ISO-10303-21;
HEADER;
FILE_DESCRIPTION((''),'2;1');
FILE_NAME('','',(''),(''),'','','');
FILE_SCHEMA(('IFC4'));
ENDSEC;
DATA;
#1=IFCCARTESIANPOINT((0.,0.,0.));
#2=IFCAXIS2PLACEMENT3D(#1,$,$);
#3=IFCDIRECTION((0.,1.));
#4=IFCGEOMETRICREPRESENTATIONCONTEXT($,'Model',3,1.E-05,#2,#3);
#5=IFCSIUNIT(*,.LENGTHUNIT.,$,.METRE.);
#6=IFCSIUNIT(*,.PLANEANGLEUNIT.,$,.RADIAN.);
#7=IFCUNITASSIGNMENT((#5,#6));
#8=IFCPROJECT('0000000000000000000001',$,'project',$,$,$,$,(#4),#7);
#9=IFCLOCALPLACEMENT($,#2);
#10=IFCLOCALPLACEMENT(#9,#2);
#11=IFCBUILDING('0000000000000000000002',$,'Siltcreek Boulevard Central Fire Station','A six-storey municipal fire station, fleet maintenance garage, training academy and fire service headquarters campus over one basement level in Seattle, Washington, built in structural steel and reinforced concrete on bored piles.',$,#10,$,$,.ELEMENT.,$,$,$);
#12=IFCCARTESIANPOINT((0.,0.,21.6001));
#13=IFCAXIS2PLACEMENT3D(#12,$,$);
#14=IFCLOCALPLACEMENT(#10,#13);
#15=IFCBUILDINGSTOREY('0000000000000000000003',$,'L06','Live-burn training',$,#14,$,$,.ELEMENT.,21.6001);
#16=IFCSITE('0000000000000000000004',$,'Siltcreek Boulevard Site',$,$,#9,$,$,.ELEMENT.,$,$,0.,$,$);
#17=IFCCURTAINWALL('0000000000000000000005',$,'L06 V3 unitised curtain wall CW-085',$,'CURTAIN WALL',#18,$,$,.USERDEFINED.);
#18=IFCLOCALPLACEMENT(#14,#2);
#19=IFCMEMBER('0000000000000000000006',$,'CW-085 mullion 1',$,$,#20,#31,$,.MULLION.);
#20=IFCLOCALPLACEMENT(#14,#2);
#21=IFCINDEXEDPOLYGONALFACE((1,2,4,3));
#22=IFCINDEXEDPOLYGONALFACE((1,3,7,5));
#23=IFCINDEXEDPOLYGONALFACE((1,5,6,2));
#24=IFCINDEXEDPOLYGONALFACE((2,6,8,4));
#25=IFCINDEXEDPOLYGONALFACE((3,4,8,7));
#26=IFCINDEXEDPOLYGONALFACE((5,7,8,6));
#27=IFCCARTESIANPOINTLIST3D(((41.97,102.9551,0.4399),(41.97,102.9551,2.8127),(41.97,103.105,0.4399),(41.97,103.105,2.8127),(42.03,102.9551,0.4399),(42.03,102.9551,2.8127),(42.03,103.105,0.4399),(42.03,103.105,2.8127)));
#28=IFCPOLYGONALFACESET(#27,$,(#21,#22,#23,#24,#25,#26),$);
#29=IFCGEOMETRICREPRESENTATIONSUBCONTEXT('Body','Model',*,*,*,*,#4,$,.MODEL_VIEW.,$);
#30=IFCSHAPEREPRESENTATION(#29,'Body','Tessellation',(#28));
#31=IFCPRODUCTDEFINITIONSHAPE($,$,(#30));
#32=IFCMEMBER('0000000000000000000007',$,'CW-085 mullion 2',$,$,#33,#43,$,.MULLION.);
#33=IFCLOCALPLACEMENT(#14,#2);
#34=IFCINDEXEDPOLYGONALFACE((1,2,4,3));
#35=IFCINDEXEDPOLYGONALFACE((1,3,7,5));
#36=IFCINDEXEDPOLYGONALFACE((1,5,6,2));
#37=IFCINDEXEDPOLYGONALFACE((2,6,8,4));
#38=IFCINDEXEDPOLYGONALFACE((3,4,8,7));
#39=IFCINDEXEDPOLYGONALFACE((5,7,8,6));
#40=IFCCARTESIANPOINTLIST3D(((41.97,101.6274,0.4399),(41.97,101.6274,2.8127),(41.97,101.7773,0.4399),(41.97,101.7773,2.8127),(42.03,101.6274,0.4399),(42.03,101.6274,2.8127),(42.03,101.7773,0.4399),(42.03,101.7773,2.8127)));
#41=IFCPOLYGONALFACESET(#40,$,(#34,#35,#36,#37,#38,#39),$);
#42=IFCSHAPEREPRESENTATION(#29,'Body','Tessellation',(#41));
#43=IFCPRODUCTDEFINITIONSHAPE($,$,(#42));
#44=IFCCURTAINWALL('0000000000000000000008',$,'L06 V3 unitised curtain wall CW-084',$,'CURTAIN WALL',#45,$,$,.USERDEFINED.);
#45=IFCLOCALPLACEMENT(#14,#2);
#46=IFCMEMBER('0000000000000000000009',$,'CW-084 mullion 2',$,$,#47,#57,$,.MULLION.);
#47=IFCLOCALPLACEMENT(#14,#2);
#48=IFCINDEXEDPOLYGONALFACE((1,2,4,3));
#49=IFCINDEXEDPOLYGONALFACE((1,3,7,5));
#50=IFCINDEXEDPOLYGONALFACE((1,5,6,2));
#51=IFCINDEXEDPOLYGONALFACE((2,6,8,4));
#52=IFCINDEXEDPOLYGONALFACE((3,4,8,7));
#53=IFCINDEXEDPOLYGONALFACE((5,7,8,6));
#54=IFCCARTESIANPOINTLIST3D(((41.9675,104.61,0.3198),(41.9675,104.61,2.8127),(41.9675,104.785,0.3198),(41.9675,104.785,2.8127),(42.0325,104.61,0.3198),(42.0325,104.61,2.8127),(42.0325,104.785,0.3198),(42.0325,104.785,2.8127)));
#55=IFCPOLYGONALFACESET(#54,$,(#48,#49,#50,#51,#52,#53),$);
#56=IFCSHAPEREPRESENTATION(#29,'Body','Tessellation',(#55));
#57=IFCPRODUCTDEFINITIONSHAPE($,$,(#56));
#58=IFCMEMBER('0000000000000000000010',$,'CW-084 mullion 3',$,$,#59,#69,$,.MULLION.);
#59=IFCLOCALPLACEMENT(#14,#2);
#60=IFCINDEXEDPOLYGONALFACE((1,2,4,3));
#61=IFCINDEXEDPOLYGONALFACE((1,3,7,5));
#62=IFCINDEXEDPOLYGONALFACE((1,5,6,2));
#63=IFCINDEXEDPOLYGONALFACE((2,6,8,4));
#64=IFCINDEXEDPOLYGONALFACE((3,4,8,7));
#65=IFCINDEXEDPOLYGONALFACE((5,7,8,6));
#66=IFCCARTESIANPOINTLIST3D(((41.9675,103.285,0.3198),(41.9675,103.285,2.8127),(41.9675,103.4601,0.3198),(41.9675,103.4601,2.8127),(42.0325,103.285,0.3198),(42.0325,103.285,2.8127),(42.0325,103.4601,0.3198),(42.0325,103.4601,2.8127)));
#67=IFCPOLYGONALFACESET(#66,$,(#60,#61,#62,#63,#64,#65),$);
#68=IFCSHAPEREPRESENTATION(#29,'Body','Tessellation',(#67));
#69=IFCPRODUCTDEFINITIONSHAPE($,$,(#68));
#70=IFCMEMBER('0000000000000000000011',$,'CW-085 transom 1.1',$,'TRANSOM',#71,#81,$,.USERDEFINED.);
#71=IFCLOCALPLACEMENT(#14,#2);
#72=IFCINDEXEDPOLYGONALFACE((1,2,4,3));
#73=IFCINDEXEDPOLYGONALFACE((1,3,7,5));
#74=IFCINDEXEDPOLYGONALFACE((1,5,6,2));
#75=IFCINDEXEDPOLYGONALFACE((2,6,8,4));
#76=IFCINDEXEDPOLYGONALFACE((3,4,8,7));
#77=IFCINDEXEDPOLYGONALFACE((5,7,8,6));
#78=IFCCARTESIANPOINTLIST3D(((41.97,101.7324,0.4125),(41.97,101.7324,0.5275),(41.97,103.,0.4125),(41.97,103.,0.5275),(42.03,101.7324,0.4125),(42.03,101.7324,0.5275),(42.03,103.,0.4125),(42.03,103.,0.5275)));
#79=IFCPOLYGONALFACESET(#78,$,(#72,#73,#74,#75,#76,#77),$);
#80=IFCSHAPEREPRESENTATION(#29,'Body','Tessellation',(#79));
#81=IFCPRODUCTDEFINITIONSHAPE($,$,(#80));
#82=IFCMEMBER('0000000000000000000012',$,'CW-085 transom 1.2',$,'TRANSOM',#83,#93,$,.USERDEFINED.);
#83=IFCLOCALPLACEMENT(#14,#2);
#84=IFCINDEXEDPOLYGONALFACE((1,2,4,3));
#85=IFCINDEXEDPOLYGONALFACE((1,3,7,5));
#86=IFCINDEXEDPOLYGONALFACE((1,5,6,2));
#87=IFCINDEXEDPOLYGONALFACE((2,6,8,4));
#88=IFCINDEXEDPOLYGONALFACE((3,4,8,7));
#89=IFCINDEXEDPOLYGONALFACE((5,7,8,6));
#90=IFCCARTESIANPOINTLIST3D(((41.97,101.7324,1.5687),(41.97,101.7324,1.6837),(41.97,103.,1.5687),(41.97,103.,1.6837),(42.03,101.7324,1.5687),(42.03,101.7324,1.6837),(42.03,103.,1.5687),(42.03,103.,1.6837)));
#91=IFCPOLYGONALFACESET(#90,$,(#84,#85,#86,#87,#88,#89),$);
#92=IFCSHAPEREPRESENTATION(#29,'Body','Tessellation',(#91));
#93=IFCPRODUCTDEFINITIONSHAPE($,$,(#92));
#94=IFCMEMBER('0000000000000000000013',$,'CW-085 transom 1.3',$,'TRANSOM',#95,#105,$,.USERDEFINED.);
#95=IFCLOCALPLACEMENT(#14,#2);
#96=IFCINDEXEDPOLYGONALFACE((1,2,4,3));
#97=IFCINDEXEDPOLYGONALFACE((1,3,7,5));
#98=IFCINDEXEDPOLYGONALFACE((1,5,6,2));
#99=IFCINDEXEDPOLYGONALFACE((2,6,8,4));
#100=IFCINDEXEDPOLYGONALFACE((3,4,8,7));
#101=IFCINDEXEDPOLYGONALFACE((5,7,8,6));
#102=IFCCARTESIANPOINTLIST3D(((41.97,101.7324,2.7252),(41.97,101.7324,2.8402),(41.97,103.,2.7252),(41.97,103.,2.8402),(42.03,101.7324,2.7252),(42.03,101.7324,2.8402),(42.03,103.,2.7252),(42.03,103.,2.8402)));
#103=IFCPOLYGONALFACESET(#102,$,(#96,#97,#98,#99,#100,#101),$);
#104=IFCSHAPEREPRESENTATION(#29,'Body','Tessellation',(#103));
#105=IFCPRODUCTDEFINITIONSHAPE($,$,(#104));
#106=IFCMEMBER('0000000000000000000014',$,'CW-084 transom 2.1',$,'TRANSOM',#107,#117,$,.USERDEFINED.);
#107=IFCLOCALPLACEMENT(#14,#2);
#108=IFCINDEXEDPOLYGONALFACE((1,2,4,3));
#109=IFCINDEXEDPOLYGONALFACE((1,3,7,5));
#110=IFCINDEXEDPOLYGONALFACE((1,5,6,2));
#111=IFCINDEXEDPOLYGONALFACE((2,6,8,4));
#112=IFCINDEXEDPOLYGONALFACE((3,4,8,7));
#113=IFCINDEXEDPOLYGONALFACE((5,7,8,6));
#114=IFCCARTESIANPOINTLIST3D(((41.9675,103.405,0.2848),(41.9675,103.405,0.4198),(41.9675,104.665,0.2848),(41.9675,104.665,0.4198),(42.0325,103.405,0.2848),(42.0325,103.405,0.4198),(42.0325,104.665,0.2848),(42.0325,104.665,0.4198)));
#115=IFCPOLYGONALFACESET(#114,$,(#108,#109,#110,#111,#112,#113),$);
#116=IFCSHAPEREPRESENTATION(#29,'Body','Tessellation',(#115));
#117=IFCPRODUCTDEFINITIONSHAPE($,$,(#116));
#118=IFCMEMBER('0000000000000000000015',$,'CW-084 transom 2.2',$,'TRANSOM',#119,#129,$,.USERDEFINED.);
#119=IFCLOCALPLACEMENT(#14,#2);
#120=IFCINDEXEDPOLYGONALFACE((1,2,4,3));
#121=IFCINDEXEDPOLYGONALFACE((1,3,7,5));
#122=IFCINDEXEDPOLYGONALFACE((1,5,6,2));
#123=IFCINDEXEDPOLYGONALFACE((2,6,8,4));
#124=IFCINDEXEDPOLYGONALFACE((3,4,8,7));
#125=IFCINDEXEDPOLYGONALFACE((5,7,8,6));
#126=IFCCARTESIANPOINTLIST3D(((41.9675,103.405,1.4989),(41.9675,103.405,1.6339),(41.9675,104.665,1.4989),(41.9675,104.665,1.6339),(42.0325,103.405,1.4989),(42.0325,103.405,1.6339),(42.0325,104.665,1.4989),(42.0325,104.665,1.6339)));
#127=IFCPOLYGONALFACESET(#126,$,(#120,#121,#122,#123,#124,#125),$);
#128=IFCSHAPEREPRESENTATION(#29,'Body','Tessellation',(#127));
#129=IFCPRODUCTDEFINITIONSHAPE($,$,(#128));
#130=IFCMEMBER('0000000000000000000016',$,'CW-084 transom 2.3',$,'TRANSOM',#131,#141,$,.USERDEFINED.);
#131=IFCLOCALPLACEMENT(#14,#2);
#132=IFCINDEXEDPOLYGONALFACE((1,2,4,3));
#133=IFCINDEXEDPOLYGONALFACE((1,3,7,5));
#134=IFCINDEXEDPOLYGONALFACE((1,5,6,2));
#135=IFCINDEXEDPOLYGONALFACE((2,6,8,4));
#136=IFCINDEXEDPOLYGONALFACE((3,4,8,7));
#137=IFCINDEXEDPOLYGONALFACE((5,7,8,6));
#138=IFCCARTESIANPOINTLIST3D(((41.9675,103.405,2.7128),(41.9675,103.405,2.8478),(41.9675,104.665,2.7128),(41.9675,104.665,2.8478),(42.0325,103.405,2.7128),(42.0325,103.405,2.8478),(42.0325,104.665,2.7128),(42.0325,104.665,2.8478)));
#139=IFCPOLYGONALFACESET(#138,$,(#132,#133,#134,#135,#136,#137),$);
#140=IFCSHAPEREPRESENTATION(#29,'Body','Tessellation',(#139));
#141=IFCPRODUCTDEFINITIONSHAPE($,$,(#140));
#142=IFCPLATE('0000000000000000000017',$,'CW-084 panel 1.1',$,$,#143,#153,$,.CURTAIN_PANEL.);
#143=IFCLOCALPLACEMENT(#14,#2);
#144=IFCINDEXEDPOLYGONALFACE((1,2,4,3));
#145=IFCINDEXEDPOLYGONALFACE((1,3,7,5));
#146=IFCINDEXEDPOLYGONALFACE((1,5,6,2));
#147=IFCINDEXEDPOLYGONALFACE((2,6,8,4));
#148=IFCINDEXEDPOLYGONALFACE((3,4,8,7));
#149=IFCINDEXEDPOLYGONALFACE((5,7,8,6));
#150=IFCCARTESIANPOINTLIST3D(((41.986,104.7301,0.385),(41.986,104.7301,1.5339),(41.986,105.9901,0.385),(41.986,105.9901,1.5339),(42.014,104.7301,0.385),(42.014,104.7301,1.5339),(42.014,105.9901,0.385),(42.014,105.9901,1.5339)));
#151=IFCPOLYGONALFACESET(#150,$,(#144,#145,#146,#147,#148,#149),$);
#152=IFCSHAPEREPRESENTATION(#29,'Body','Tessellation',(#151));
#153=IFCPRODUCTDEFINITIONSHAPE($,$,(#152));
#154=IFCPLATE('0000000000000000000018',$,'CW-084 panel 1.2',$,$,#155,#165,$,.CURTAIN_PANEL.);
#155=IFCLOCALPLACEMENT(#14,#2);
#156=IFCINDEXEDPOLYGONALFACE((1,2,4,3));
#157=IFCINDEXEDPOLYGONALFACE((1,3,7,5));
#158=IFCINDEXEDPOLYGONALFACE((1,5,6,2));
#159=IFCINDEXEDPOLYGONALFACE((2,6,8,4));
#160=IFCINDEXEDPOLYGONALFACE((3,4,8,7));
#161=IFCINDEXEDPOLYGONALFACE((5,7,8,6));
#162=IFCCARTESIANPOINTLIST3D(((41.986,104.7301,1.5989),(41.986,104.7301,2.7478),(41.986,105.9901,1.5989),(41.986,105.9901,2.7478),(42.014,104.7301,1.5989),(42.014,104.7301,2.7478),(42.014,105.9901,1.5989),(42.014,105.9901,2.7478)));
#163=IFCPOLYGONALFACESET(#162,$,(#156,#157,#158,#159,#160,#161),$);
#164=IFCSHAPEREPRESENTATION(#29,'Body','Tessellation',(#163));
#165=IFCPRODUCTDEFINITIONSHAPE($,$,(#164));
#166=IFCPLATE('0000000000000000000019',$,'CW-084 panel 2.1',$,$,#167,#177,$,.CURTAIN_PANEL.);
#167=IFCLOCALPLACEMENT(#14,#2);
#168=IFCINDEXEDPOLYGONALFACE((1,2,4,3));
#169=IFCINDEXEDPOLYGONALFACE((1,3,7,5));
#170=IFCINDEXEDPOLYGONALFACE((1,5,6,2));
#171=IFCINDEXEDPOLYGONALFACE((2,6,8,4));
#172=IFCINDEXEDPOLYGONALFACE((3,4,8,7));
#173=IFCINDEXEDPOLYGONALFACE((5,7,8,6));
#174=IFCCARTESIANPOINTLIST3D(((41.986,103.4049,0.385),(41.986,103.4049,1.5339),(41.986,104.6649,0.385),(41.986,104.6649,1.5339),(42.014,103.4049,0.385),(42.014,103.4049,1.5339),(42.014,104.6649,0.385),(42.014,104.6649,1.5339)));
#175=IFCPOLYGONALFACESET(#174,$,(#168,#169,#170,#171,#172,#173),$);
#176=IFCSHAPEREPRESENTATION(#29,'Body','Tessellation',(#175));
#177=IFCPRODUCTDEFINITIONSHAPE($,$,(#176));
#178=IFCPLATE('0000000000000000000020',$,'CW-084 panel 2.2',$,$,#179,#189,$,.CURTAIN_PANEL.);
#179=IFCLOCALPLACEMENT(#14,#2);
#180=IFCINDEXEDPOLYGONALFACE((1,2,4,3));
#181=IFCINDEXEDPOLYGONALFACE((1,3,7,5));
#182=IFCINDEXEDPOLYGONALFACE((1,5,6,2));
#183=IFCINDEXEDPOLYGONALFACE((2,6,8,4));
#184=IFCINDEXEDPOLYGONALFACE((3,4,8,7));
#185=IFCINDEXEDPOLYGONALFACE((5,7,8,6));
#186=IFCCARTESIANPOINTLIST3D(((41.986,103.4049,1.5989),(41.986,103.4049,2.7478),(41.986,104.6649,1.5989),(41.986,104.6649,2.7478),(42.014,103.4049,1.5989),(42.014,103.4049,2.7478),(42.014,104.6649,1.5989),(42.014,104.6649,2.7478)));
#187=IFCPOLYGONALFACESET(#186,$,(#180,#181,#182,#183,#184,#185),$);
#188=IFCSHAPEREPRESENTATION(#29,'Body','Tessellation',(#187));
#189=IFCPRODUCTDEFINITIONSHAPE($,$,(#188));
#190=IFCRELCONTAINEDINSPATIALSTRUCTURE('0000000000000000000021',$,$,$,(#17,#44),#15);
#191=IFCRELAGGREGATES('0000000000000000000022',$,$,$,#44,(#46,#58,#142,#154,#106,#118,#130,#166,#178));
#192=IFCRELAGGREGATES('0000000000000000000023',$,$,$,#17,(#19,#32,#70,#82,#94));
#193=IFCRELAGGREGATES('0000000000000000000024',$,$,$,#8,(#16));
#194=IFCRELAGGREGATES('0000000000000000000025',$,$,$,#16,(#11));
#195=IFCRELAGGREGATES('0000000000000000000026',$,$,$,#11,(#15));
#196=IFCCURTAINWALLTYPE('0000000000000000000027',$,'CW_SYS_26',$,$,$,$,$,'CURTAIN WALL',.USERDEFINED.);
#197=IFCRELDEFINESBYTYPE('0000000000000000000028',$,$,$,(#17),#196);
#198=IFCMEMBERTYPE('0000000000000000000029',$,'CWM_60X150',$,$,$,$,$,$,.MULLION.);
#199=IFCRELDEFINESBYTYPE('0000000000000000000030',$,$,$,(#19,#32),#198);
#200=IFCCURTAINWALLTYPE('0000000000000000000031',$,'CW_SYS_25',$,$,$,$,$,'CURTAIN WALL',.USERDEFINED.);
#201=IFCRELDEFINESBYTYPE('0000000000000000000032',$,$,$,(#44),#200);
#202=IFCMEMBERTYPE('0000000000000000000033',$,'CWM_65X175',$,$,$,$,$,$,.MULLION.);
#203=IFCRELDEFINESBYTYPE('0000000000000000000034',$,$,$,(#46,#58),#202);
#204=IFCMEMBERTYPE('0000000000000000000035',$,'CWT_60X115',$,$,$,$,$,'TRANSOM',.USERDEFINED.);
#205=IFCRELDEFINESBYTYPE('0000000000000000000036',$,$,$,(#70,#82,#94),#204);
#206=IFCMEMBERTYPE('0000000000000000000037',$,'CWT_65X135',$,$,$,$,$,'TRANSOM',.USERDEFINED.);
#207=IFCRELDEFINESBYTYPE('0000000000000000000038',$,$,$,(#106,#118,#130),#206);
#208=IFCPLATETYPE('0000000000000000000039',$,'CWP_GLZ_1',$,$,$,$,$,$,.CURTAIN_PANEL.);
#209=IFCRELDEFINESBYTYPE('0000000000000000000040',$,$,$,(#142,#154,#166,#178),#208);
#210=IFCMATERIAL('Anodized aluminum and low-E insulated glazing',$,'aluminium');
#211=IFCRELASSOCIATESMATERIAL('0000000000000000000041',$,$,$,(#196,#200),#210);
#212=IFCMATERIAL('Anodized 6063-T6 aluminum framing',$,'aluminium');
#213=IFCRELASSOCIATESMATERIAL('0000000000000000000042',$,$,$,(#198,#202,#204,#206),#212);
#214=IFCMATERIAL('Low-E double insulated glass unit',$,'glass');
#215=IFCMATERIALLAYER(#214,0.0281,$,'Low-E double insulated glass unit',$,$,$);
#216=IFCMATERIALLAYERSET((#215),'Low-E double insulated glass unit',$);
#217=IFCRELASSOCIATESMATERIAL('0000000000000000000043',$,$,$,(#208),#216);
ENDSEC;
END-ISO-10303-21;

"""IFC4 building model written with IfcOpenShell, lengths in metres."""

from ifc_helpers import new_model, si_unit, direction, frame, origin, origin_2d, place, context, subcontext, project, spatial, rectangle, extrude, material, layer, layer_set, material_profile, profile_set, type_object, element, aggregate, save


model = new_model("IFC4")

# Units and contexts
model_context = context("Model", 3, precision=1e-05, world=origin(), true_north=direction((0.0, 1.0)))
body_context = subcontext(model_context, "Body", "Model", "MODEL_VIEW")
ifc_project = project(units=[si_unit("LENGTHUNIT", "METRE"), si_unit("PLANEANGLEUNIT", "RADIAN")], contexts=[model_context])

# Site, building, storey
site_placement = place(None, origin())
site = spatial("IfcSite", under=ifc_project, at=site_placement, Name="Siltcreek Boulevard Site", CompositionType="ELEMENT", RefElevation=0.0)
building_placement = place(site_placement, origin())
building = spatial("IfcBuilding", under=site, at=building_placement, Name="Siltcreek Boulevard Central Fire Station", Description="A six-storey municipal fire station, fleet maintenance garage, training academy and fire service headquarters campus over one basement level in Seattle, Washington, built in structural steel and reinforced concrete on bored piles.", CompositionType="ELEMENT")
storey_placement = place(building_placement, frame((0.0, 0.0, 21.6001)))
storey = spatial("IfcBuildingStorey", under=building, at=storey_placement, Name="L06", Description="Live-burn training", CompositionType="ELEMENT", Elevation=21.6001)

# Curtain walls, members
ifc_material_1 = material(Name="Anodized aluminum and low-E insulated glazing", Category="aluminium")
curtain_wall_type_1 = type_object("IfcCurtainWallType", Name="CW_SYS_26", ElementType="CURTAIN WALL", PredefinedType="USERDEFINED", material=ifc_material_1)
curtain_wall_1_placement = place(storey_placement, origin())
curtain_wall_1 = element("IfcCurtainWall", 1, at=curtain_wall_1_placement, inside=storey, type_object=curtain_wall_type_1, Name="L06 V3 unitised curtain wall CW-085", ObjectType="CURTAIN WALL", PredefinedType="USERDEFINED")
ifc_material_2 = material(Name="Anodized 6063-T6 aluminum framing", Category="aluminium")
ifc_material_profile_1 = material_profile(ifc_material_2, rectangle(XDim=0.0601, YDim=0.1499, at=origin_2d()), Name="MULL60X150")
ifc_profile_set_1 = profile_set([ifc_material_profile_1], Name="Anodized 6063-T6 aluminum framing")
member_type_1 = type_object("IfcMemberType", Name="CWM_60X150", PredefinedType="MULLION", material=ifc_profile_set_1)
member_1_placement = place(storey_placement, frame((42.0, 103.03, 0.4399), z_axis=(0.0, 0.0, 1.0), x_axis=(1.0, 0.0, 0.0)))
member_1 = element("IfcMember", 2, at=member_1_placement, type_object=member_type_1, Name="CW-085 mullion 1", PredefinedType="MULLION", context=body_context, shape_type="SweptSolid", body=[
    extrude(rectangle(XDim=0.0601, YDim=0.1499, at=origin_2d()), origin(), (0.0, 0.0, 1.0), 2.3728),
])
member_2_placement = place(storey_placement, frame((42.0, 101.7024, 0.4399), z_axis=(0.0, 0.0, 1.0), x_axis=(1.0, 0.0, 0.0)))
member_2 = element("IfcMember", 3, at=member_2_placement, type_object=member_type_1, Name="CW-085 mullion 2", PredefinedType="MULLION", context=body_context, shape_type="SweptSolid", body=[
    extrude(rectangle(XDim=0.0601, YDim=0.1499, at=origin_2d()), origin(), (0.0, 0.0, 1.0), 2.3728),
])
curtain_wall_type_2 = type_object("IfcCurtainWallType", Name="CW_SYS_25", ElementType="CURTAIN WALL", PredefinedType="USERDEFINED", material=ifc_material_1)
curtain_wall_2_placement = place(storey_placement, origin())
curtain_wall_2 = element("IfcCurtainWall", 4, at=curtain_wall_2_placement, inside=storey, type_object=curtain_wall_type_2, Name="L06 V3 unitised curtain wall CW-084", ObjectType="CURTAIN WALL", PredefinedType="USERDEFINED")
ifc_material_profile_2 = material_profile(ifc_material_2, rectangle(XDim=0.0649, YDim=0.175, at=origin_2d()), Name="MULL65X175")
ifc_profile_set_2 = profile_set([ifc_material_profile_2], Name="Anodized 6063-T6 aluminum framing")
member_type_2 = type_object("IfcMemberType", Name="CWM_65X175", PredefinedType="MULLION", material=ifc_profile_set_2)
member_3_placement = place(storey_placement, frame((42.0, 104.6975, 0.3198), z_axis=(0.0, 0.0, 1.0), x_axis=(1.0, 0.0, 0.0)))
member_3 = element("IfcMember", 5, at=member_3_placement, type_object=member_type_2, Name="CW-084 mullion 2", PredefinedType="MULLION", context=body_context, shape_type="SweptSolid", body=[
    extrude(rectangle(XDim=0.0649, YDim=0.175, at=origin_2d()), origin(), (0.0, 0.0, 1.0), 2.4929),
])
member_4_placement = place(storey_placement, frame((42.0, 103.3726, 0.3198), z_axis=(0.0, 0.0, 1.0), x_axis=(1.0, 0.0, 0.0)))
member_4 = element("IfcMember", 6, at=member_4_placement, type_object=member_type_2, Name="CW-084 mullion 3", PredefinedType="MULLION", context=body_context, shape_type="SweptSolid", body=[
    extrude(rectangle(XDim=0.0649, YDim=0.175, at=origin_2d()), origin(), (0.0, 0.0, 1.0), 2.4929),
])

# Members
ifc_material_profile_3 = material_profile(ifc_material_2, rectangle(XDim=0.0601, YDim=0.115, at=origin_2d()), Name="TRAN60X115")
ifc_profile_set_3 = profile_set([ifc_material_profile_3], Name="Anodized 6063-T6 aluminum framing")
member_type_3 = type_object("IfcMemberType", Name="CWT_60X115", ElementType="TRANSOM", PredefinedType="USERDEFINED", material=ifc_profile_set_3)
member_5_placement = place(storey_placement, frame((42.0, 103.0, 0.47), z_axis=(0.0, -1.0, 0.0), x_axis=(1.0, 0.0, 0.0)))
member_5 = element("IfcMember", 7, at=member_5_placement, type_object=member_type_3, Name="CW-085 transom 1.1", ObjectType="TRANSOM", PredefinedType="USERDEFINED", context=body_context, shape_type="SweptSolid", body=[
    extrude(rectangle(XDim=0.0601, YDim=0.115, at=origin_2d()), origin(), (0.0, 0.0, 1.0), 1.2676),
])
member_6_placement = place(storey_placement, frame((42.0, 103.0, 1.6262), z_axis=(0.0, -1.0, 0.0), x_axis=(1.0, 0.0, 0.0)))
member_6 = element("IfcMember", 8, at=member_6_placement, type_object=member_type_3, Name="CW-085 transom 1.2", ObjectType="TRANSOM", PredefinedType="USERDEFINED", context=body_context, shape_type="SweptSolid", body=[
    extrude(rectangle(XDim=0.0601, YDim=0.115, at=origin_2d()), origin(), (0.0, 0.0, 1.0), 1.2676),
])
member_7_placement = place(storey_placement, frame((42.0, 103.0, 2.7827), z_axis=(0.0, -1.0, 0.0), x_axis=(1.0, 0.0, 0.0)))
member_7 = element("IfcMember", 9, at=member_7_placement, type_object=member_type_3, Name="CW-085 transom 1.3", ObjectType="TRANSOM", PredefinedType="USERDEFINED", context=body_context, shape_type="SweptSolid", body=[
    extrude(rectangle(XDim=0.0601, YDim=0.115, at=origin_2d()), origin(), (0.0, 0.0, 1.0), 1.2676),
])
ifc_material_profile_4 = material_profile(ifc_material_2, rectangle(XDim=0.0649, YDim=0.135, at=origin_2d()), Name="TRAN65X135")
ifc_profile_set_4 = profile_set([ifc_material_profile_4], Name="Anodized 6063-T6 aluminum framing")
member_type_4 = type_object("IfcMemberType", Name="CWT_65X135", ElementType="TRANSOM", PredefinedType="USERDEFINED", material=ifc_profile_set_4)
member_8_placement = place(storey_placement, frame((42.0, 104.665, 0.3523), z_axis=(0.0, -1.0, 0.0), x_axis=(1.0, 0.0, 0.0)))
member_8 = element("IfcMember", 10, at=member_8_placement, type_object=member_type_4, Name="CW-084 transom 2.1", ObjectType="TRANSOM", PredefinedType="USERDEFINED", context=body_context, shape_type="SweptSolid", body=[
    extrude(rectangle(XDim=0.0649, YDim=0.135, at=origin_2d()), origin(), (0.0, 0.0, 1.0), 1.26),
])
member_9_placement = place(storey_placement, frame((42.0, 104.665, 1.5664), z_axis=(0.0, -1.0, 0.0), x_axis=(1.0, 0.0, 0.0)))
member_9 = element("IfcMember", 11, at=member_9_placement, type_object=member_type_4, Name="CW-084 transom 2.2", ObjectType="TRANSOM", PredefinedType="USERDEFINED", context=body_context, shape_type="SweptSolid", body=[
    extrude(rectangle(XDim=0.0649, YDim=0.135, at=origin_2d()), origin(), (0.0, 0.0, 1.0), 1.26),
])
member_10_placement = place(storey_placement, frame((42.0, 104.665, 2.7803), z_axis=(0.0, -1.0, 0.0), x_axis=(1.0, 0.0, 0.0)))
member_10 = element("IfcMember", 12, at=member_10_placement, type_object=member_type_4, Name="CW-084 transom 2.3", ObjectType="TRANSOM", PredefinedType="USERDEFINED", context=body_context, shape_type="SweptSolid", body=[
    extrude(rectangle(XDim=0.0649, YDim=0.135, at=origin_2d()), origin(), (0.0, 0.0, 1.0), 1.26),
])

# Plates
ifc_material_3 = material(Name="Low-E double insulated glass unit", Category="glass")
ifc_layer_1 = layer(ifc_material_3, 0.0281, Name="Low-E double insulated glass unit")
ifc_layer_set_1 = layer_set([ifc_layer_1], Name="Low-E double insulated glass unit")
plate_type_1 = type_object("IfcPlateType", Name="CWP_GLZ_1", PredefinedType="CURTAIN_PANEL", material=ifc_layer_set_1)
plate_1_placement = place(storey_placement, frame((42.0, 105.3601, 0.385), z_axis=(0.0, 0.0, 1.0), x_axis=(0.0, -1.0, 0.0)))
plate_1 = element("IfcPlate", 13, at=plate_1_placement, type_object=plate_type_1, Name="CW-084 panel 1.1", PredefinedType="CURTAIN_PANEL", context=body_context, shape_type="SweptSolid", body=[
    extrude(rectangle(XDim=1.26, YDim=0.0281, at=origin_2d()), origin(), (0.0, 0.0, 1.0), 1.1489),
])
plate_2_placement = place(storey_placement, frame((42.0, 105.3601, 1.5989), z_axis=(0.0, 0.0, 1.0), x_axis=(0.0, -1.0, 0.0)))
plate_2 = element("IfcPlate", 14, at=plate_2_placement, type_object=plate_type_1, Name="CW-084 panel 1.2", PredefinedType="CURTAIN_PANEL", context=body_context, shape_type="SweptSolid", body=[
    extrude(rectangle(XDim=1.26, YDim=0.0281, at=origin_2d()), origin(), (0.0, 0.0, 1.0), 1.1489),
])
plate_3_placement = place(storey_placement, frame((42.0, 104.0349, 0.385), z_axis=(0.0, 0.0, 1.0), x_axis=(0.0, -1.0, 0.0)))
plate_3 = element("IfcPlate", 15, at=plate_3_placement, type_object=plate_type_1, Name="CW-084 panel 2.1", PredefinedType="CURTAIN_PANEL", context=body_context, shape_type="SweptSolid", body=[
    extrude(rectangle(XDim=1.26, YDim=0.0281, at=origin_2d()), origin(), (0.0, 0.0, 1.0), 1.1489),
])
plate_4_placement = place(storey_placement, frame((42.0, 104.0349, 1.5989), z_axis=(0.0, 0.0, 1.0), x_axis=(0.0, -1.0, 0.0)))
plate_4 = element("IfcPlate", 16, at=plate_4_placement, type_object=plate_type_1, Name="CW-084 panel 2.2", PredefinedType="CURTAIN_PANEL", context=body_context, shape_type="SweptSolid", body=[
    extrude(rectangle(XDim=1.26, YDim=0.0281, at=origin_2d()), origin(), (0.0, 0.0, 1.0), 1.1489),
])
aggregate(curtain_wall_2, [member_3, member_4, plate_1, plate_2, member_8, member_9, member_10, plate_3, plate_4])
aggregate(curtain_wall_1, [member_1, member_2, member_5, member_6, member_7])

save(model, "model.ifc")
